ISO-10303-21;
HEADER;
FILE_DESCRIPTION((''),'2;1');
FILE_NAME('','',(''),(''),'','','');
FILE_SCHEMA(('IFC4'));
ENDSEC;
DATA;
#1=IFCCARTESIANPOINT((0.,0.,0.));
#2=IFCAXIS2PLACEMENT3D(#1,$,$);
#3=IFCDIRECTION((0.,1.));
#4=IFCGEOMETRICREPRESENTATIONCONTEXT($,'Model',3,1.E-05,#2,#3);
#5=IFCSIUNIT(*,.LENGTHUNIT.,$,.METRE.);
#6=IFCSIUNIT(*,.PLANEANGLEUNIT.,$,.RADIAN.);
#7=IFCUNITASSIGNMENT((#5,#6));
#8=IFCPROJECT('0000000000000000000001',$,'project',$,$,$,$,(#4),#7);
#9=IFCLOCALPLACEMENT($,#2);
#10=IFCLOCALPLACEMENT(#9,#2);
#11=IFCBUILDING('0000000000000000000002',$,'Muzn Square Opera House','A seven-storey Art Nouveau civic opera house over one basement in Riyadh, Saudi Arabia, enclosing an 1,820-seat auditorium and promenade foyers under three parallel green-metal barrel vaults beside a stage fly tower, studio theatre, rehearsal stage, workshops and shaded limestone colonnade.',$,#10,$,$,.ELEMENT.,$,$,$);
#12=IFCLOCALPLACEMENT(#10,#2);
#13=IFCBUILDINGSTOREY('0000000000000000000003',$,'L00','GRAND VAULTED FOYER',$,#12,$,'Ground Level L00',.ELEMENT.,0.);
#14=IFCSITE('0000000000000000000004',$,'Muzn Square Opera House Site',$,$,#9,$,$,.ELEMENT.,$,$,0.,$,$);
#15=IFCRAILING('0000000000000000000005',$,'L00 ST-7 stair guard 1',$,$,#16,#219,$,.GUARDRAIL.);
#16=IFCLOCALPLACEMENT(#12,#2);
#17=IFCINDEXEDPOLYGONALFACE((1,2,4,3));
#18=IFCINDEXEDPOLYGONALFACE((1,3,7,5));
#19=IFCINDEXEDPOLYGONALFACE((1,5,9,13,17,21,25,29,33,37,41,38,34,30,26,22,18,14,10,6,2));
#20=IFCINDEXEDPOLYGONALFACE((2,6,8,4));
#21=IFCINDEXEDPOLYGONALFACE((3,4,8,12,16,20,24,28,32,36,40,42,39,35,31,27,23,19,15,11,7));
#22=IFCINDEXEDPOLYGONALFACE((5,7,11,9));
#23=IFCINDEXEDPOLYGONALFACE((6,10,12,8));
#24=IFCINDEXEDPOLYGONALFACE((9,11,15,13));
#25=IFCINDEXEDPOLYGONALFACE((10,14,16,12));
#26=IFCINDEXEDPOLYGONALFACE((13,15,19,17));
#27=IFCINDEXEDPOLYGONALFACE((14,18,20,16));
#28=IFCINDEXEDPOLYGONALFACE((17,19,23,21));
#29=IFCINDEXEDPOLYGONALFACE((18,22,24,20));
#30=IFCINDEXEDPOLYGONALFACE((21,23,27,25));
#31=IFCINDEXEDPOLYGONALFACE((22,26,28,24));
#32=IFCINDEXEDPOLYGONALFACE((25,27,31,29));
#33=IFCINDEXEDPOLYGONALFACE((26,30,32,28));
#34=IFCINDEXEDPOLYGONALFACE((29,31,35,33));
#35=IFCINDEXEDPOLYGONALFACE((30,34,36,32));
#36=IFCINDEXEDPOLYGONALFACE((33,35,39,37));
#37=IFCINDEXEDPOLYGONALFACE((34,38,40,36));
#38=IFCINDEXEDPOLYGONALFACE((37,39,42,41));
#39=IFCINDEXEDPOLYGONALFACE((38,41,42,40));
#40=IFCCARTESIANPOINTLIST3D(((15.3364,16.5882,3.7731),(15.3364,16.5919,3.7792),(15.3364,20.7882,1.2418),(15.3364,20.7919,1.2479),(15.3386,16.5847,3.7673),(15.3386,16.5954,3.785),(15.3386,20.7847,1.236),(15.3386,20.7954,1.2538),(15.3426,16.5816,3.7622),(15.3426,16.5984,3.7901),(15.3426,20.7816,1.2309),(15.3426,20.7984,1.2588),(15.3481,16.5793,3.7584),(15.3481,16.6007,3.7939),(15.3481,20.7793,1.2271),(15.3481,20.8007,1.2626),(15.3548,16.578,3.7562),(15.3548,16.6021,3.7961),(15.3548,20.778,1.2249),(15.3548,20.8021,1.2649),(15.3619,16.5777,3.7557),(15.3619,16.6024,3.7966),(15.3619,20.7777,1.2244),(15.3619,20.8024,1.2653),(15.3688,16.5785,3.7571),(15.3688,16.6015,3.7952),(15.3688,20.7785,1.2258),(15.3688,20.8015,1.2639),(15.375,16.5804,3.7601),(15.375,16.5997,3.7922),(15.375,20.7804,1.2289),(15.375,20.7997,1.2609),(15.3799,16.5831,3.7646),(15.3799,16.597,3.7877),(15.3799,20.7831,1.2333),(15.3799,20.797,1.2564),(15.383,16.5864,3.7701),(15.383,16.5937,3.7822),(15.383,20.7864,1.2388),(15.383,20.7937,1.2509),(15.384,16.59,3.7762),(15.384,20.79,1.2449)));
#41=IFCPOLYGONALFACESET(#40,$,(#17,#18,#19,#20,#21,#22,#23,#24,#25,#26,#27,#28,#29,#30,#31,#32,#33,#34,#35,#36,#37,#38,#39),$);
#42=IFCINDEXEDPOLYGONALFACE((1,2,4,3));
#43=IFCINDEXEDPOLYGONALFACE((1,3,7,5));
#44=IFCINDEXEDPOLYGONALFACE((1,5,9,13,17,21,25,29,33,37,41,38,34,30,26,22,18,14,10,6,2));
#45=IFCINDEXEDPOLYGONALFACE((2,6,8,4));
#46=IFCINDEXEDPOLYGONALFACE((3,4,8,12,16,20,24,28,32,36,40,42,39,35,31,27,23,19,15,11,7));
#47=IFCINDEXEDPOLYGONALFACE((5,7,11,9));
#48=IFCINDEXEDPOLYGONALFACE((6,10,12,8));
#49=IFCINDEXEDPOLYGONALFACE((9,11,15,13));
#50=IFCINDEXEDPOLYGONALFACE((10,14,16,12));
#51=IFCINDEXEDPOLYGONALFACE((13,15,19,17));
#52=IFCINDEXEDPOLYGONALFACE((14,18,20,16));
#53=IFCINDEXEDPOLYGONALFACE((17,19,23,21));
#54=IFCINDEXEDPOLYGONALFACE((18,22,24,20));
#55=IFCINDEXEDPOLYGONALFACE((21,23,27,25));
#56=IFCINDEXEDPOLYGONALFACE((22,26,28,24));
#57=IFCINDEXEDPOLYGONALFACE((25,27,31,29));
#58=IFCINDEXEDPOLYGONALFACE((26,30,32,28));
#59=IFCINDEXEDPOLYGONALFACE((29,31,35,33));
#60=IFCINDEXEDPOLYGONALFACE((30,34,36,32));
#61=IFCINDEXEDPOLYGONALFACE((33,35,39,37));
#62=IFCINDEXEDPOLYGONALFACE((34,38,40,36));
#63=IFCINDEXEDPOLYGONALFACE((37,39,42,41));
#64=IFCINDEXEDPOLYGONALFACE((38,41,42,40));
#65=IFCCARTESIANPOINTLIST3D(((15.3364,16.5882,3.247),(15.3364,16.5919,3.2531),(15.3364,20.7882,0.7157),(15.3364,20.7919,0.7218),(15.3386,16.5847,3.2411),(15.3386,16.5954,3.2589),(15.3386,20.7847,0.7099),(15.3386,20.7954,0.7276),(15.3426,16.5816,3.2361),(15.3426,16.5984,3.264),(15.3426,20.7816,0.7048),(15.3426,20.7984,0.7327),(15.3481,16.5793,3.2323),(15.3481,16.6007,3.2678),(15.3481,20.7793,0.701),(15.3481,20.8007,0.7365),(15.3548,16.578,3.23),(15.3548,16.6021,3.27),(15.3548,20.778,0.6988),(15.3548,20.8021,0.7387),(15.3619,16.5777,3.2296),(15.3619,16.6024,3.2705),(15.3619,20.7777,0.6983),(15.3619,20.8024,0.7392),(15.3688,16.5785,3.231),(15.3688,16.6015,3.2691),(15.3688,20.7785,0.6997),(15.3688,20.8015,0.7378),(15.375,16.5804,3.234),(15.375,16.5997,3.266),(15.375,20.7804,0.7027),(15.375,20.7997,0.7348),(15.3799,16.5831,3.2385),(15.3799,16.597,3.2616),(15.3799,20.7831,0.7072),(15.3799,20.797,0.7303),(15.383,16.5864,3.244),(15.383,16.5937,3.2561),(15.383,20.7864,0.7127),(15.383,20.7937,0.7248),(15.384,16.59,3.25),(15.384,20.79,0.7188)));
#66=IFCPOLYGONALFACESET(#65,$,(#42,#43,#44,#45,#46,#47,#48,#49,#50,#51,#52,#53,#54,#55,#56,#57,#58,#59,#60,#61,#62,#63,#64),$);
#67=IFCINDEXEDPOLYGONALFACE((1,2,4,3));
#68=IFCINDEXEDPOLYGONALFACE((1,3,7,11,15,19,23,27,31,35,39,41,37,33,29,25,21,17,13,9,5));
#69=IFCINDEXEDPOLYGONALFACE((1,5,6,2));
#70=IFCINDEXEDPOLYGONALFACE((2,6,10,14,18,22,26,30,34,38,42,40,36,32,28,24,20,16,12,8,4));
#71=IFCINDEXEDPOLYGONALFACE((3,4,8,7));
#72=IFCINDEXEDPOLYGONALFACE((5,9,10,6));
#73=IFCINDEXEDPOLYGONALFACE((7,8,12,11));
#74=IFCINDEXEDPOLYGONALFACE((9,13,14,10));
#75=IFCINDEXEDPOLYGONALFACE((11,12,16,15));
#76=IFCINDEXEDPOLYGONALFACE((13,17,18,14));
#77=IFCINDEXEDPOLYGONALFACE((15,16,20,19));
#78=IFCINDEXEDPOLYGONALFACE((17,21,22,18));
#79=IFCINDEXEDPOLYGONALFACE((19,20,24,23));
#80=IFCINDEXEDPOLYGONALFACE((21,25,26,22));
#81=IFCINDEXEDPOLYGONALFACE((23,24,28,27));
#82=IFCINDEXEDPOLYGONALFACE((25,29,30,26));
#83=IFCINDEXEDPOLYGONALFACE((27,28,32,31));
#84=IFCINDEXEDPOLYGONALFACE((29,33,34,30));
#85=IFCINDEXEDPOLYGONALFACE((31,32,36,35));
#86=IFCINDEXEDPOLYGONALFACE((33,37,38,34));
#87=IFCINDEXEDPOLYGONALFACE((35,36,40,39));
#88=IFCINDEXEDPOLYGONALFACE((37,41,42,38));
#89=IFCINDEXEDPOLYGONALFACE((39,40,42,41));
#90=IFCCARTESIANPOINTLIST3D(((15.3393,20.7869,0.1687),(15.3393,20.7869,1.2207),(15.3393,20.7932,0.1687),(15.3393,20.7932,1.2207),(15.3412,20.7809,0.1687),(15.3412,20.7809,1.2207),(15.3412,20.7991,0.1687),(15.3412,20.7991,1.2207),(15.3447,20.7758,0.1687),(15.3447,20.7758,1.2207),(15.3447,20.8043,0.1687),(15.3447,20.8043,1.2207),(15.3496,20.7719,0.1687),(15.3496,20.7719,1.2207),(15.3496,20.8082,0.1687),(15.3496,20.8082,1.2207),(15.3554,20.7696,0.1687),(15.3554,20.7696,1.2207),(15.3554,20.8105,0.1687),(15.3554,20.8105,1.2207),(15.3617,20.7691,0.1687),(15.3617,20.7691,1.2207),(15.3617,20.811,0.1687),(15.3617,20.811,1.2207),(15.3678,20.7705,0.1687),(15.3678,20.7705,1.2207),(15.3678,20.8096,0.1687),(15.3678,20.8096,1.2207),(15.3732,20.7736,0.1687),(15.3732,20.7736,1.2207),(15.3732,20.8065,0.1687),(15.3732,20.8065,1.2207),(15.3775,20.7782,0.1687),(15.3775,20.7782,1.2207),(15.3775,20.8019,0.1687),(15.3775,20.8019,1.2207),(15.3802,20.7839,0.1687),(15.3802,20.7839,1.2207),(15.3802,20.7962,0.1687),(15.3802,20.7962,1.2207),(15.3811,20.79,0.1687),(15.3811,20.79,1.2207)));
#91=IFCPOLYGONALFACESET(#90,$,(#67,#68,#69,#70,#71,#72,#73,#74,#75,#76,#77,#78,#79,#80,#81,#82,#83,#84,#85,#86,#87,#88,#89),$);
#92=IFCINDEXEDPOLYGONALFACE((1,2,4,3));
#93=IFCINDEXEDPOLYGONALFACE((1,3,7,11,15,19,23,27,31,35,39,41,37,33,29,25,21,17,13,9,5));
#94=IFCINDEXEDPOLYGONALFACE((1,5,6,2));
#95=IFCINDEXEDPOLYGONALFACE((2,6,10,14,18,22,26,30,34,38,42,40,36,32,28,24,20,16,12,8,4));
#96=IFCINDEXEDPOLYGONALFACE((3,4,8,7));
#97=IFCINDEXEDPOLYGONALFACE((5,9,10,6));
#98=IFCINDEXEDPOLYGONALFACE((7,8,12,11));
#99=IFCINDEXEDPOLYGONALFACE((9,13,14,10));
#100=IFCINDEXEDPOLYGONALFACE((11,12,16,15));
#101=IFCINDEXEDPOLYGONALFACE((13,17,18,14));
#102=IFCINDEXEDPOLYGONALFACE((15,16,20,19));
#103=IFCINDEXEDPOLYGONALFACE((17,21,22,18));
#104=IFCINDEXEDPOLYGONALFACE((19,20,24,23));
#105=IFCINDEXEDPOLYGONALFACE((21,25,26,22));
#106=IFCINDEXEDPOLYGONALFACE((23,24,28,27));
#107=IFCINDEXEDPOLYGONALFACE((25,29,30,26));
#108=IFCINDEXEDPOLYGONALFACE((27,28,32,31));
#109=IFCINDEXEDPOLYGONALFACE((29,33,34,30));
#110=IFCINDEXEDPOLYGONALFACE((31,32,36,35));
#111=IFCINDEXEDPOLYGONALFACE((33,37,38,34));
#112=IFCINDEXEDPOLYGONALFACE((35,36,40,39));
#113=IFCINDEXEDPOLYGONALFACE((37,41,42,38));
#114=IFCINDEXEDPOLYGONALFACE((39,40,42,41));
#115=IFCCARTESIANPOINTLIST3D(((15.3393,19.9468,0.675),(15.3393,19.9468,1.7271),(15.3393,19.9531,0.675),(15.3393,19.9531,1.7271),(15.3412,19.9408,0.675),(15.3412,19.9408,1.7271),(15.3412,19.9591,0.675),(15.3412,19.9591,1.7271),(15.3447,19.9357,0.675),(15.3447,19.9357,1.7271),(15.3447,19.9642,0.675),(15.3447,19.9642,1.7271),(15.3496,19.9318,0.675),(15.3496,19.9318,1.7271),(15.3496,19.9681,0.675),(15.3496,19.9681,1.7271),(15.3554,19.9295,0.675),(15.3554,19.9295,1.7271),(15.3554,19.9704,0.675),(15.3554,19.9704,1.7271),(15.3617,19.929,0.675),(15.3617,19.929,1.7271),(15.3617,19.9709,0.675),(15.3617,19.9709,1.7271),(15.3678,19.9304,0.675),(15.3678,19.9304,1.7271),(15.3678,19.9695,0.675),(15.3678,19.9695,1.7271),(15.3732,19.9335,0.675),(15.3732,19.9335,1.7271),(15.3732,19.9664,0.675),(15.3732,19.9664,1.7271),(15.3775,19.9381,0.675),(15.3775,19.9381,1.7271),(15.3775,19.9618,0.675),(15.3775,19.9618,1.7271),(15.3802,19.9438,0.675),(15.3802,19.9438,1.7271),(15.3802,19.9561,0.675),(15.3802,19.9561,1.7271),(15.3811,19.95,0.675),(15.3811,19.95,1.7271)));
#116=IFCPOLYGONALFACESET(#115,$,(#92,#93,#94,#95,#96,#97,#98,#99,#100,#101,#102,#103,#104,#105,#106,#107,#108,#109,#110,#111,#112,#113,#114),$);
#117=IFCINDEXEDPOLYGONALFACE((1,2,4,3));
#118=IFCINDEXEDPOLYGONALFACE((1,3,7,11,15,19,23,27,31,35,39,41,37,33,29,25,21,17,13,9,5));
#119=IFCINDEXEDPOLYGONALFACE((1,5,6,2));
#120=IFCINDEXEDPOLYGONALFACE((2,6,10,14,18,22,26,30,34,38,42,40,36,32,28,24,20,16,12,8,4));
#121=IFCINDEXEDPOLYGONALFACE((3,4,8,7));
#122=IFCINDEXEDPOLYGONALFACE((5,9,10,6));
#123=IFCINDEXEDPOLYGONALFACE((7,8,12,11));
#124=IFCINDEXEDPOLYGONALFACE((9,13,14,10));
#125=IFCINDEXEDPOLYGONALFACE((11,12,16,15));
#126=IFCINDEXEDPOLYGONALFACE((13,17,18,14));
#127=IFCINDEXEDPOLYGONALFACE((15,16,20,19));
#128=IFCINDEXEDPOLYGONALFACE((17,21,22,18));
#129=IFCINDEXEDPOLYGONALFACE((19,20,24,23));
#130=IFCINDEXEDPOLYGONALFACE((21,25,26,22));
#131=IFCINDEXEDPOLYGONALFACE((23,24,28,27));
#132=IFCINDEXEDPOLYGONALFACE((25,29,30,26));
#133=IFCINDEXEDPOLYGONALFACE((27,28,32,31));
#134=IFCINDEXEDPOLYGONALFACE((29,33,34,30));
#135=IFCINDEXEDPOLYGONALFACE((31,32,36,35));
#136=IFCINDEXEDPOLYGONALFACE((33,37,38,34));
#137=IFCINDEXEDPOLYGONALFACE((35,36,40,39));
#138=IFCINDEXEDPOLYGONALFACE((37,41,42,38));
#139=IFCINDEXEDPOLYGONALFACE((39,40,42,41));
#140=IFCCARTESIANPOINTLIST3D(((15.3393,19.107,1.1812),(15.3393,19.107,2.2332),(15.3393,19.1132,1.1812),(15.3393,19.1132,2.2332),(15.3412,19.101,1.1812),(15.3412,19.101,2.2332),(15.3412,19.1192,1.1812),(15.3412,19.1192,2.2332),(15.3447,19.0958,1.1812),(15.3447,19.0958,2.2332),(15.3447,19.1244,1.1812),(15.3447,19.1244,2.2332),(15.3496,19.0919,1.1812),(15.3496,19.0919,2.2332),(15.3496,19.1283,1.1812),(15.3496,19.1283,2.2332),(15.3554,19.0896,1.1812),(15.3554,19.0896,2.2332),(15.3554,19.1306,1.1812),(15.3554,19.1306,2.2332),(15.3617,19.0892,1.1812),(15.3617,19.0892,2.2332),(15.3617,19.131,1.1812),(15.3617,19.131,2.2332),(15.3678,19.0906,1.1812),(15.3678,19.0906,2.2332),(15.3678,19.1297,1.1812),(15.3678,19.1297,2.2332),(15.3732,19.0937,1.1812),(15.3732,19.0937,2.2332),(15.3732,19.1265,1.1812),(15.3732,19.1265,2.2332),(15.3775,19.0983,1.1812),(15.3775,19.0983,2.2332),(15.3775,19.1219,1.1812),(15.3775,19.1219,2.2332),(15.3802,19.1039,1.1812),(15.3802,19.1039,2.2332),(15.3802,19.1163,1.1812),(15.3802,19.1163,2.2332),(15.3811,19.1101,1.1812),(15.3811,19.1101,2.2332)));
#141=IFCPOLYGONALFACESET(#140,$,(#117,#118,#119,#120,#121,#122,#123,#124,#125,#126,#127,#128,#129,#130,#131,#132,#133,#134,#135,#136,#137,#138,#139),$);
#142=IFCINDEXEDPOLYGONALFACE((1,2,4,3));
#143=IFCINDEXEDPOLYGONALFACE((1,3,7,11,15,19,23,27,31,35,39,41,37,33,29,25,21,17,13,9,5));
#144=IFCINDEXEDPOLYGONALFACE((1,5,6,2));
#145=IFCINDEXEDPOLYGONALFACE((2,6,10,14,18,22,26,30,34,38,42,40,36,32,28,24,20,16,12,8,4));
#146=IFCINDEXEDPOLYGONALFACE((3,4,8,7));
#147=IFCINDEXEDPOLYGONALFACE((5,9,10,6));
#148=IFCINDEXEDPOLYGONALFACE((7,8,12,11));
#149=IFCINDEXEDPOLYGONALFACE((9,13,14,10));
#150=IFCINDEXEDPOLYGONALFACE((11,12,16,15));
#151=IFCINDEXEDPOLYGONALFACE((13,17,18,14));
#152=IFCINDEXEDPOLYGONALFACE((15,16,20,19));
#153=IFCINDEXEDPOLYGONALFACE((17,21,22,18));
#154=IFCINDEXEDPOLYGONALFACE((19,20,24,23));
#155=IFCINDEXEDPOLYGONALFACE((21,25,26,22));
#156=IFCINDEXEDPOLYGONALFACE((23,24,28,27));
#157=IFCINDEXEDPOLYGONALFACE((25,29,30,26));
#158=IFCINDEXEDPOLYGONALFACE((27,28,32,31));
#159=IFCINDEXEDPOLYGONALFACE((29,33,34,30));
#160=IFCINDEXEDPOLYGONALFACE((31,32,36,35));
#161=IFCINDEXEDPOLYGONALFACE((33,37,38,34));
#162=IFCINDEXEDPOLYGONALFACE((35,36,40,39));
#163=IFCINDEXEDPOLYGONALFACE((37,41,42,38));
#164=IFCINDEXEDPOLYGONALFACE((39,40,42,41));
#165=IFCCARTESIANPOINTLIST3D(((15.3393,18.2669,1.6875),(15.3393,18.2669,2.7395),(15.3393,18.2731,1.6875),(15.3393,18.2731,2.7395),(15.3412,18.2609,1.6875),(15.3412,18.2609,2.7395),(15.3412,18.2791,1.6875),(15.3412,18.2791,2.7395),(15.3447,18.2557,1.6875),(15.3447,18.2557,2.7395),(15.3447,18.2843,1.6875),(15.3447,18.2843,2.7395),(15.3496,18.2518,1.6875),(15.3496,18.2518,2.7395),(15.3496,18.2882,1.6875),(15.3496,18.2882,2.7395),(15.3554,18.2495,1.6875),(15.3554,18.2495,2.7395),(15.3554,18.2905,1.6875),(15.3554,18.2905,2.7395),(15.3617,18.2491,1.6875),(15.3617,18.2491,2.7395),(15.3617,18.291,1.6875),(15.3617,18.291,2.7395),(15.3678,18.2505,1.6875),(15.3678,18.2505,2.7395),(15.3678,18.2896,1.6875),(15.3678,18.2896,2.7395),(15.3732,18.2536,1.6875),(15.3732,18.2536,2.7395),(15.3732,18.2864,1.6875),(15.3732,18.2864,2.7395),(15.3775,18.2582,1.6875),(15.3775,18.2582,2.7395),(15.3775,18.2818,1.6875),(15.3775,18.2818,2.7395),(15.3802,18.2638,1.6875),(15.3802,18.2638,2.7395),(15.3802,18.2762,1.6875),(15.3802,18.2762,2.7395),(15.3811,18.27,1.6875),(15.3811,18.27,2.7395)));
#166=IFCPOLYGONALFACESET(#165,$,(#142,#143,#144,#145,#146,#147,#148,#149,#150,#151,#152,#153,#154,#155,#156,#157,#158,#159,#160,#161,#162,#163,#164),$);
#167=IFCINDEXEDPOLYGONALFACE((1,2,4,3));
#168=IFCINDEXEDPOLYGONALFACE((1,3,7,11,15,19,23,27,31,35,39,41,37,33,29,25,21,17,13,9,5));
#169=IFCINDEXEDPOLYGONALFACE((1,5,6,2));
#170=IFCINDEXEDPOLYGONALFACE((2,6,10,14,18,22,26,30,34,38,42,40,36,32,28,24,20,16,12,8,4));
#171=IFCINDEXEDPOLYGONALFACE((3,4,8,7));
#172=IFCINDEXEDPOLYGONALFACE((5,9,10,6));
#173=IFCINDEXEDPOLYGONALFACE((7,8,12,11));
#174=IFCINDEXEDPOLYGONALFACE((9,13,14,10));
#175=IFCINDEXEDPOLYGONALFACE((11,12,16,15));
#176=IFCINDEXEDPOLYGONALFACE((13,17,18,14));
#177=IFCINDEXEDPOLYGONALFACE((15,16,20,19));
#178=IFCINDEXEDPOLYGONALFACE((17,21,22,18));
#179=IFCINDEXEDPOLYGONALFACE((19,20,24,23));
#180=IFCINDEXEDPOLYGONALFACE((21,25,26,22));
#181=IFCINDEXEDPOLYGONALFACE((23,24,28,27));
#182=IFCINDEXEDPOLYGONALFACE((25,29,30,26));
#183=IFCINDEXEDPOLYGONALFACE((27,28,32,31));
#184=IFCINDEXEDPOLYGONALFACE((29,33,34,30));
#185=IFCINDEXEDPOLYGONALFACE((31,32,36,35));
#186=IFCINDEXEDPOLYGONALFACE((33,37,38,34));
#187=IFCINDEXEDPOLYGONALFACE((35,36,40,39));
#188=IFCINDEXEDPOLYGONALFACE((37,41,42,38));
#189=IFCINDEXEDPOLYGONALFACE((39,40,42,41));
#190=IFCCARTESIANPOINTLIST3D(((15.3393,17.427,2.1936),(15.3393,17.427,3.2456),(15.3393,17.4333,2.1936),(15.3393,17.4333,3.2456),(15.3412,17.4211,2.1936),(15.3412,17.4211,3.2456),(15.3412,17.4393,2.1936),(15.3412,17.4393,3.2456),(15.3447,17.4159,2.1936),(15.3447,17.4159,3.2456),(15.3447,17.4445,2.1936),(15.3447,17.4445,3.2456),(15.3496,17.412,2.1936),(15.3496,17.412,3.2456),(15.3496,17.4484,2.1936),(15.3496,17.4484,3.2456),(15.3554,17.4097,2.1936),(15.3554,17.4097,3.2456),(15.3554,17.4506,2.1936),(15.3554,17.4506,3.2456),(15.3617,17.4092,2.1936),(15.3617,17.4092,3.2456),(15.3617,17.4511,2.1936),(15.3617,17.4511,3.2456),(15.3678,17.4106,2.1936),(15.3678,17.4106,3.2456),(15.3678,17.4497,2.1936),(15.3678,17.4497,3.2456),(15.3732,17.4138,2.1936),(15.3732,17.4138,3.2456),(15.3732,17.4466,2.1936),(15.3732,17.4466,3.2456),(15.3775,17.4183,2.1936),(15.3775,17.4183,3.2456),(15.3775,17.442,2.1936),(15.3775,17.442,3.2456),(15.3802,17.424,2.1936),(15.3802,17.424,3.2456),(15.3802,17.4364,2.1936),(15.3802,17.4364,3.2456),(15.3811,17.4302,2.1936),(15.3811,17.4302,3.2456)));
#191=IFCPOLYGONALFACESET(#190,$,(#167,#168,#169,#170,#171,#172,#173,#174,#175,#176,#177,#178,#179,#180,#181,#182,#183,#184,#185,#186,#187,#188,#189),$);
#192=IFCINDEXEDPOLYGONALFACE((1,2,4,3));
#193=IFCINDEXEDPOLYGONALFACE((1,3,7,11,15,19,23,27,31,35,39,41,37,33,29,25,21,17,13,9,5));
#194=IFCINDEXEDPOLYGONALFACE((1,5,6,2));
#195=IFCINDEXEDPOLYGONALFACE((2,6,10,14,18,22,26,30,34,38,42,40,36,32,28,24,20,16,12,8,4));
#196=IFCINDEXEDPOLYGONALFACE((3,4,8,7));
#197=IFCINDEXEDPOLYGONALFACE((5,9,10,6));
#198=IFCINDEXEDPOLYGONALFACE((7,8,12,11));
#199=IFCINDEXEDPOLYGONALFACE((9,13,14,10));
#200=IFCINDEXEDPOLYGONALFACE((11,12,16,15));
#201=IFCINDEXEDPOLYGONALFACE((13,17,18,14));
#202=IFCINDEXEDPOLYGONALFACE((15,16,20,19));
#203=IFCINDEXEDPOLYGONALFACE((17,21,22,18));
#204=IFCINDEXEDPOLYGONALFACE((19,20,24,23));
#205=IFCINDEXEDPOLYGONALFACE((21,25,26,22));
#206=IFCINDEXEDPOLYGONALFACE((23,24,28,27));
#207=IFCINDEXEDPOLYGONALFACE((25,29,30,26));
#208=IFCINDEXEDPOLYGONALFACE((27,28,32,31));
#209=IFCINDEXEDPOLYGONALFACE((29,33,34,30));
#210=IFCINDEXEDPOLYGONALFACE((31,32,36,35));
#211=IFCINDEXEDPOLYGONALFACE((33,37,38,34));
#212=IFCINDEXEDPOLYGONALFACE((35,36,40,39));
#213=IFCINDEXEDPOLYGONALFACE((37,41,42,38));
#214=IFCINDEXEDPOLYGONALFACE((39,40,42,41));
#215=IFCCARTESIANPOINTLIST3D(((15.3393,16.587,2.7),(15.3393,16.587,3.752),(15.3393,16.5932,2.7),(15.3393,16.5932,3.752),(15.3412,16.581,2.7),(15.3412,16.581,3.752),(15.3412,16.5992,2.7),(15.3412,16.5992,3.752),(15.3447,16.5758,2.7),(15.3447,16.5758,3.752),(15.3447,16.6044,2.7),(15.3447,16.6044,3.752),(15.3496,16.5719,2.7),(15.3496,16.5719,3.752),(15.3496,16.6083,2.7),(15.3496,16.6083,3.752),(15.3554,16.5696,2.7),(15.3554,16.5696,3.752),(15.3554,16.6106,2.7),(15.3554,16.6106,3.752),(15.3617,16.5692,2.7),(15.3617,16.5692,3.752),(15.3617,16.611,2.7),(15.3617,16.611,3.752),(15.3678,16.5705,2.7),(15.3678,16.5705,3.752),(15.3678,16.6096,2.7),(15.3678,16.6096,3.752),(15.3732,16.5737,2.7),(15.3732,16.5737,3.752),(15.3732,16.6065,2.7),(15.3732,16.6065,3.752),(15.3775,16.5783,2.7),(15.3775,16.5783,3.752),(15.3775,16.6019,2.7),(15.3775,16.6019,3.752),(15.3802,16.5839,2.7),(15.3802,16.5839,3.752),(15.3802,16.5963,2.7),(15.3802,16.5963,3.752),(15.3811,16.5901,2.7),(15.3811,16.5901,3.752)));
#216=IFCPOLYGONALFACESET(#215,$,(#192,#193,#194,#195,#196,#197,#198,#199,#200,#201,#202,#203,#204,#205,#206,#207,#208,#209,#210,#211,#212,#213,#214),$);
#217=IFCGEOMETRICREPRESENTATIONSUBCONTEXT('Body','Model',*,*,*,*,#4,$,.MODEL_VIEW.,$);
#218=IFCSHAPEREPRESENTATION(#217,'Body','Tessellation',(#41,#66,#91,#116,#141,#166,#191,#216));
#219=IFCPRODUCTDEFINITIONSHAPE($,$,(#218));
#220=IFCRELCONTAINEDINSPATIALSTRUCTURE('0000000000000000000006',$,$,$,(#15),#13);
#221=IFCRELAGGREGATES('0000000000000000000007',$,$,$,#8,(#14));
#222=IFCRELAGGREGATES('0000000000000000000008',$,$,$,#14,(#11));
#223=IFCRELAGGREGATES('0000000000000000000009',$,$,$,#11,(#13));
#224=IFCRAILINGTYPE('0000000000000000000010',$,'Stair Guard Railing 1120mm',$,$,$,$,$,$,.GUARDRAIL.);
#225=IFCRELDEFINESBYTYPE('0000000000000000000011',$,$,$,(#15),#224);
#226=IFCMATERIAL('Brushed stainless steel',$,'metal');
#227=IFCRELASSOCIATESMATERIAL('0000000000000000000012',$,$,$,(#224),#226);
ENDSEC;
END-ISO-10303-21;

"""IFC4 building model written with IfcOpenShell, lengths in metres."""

from ifc_helpers import new_model, si_unit, direction, frame, origin, origin_2d, place, context, subcontext, project, spatial, circle, extrude, material, type_object, element, save


model = new_model("IFC4")

# Units and contexts
model_context = context("Model", 3, precision=1e-05, world=origin(), true_north=direction((0.0, 1.0)))
body_context = subcontext(model_context, "Body", "Model", "MODEL_VIEW")
ifc_project = project(units=[si_unit("LENGTHUNIT", "METRE"), si_unit("PLANEANGLEUNIT", "RADIAN")], contexts=[model_context])

# Site, building, storey
site_placement = place(None, origin())
site = spatial("IfcSite", under=ifc_project, at=site_placement, Name="Muzn Square Opera House Site", CompositionType="ELEMENT", RefElevation=0.0)
building_placement = place(site_placement, origin())
building = spatial("IfcBuilding", under=site, at=building_placement, Name="Muzn Square Opera House", Description="A seven-storey Art Nouveau civic opera house over one basement in Riyadh, Saudi Arabia, enclosing an 1,820-seat auditorium and promenade foyers under three parallel green-metal barrel vaults beside a stage fly tower, studio theatre, rehearsal stage, workshops and shaded limestone colonnade.", CompositionType="ELEMENT")
storey_placement = place(building_placement, origin())
storey = spatial("IfcBuildingStorey", under=building, at=storey_placement, Name="L00", Description="GRAND VAULTED FOYER", LongName="Ground Level L00", CompositionType="ELEMENT", Elevation=0.0)

# Railing
ifc_material_1 = material(Name="Brushed stainless steel", Category="metal")
railing_type_1 = type_object("IfcRailingType", Name="Stair Guard Railing 1120mm", PredefinedType="GUARDRAIL", material=ifc_material_1)
railing_1_placement = place(storey_placement, frame((15.3601, 20.79, 0.1687)))
element("IfcRailing", 1, at=railing_1_placement, inside=storey, type_object=railing_type_1, Name="L00 ST-7 stair guard 1", PredefinedType="GUARDRAIL", context=body_context, shape_type="SweptSolid", body=[
    extrude(circle(Radius=0.0239, at=origin_2d()), frame((0.0, 0.0, 1.0762), z_axis=(0.0, -0.856476, 0.516186), x_axis=(1.0, 0.0, 0.0)), (0.0, 0.0, 1.0), 4.9038),
    extrude(circle(Radius=0.0239, at=origin_2d()), frame((0.0, 0.0, 0.55), z_axis=(0.0, -0.856476, 0.516186), x_axis=(1.0, 0.0, 0.0)), (0.0, 0.0, 1.0), 4.9038),
    extrude(circle(Radius=0.021, at=origin_2d()), origin(), (0.0, 0.0, 1.0), 1.052),
    extrude(circle(Radius=0.021, at=origin_2d()), frame((0.0, -0.8401, 0.5063)), (0.0, 0.0, 1.0), 1.052),
    extrude(circle(Radius=0.021, at=origin_2d()), frame((0.0, -1.6799, 1.0125)), (0.0, 0.0, 1.0), 1.052),
    extrude(circle(Radius=0.021, at=origin_2d()), frame((0.0, -2.52, 1.5188)), (0.0, 0.0, 1.0), 1.052),
    extrude(circle(Radius=0.021, at=origin_2d()), frame((0.0, -3.3599, 2.0249)), (0.0, 0.0, 1.0), 1.052),
    extrude(circle(Radius=0.021, at=origin_2d()), frame((0.0, -4.2, 2.5312)), (0.0, 0.0, 1.0), 1.052),
])

save(model, "model.ifc")
